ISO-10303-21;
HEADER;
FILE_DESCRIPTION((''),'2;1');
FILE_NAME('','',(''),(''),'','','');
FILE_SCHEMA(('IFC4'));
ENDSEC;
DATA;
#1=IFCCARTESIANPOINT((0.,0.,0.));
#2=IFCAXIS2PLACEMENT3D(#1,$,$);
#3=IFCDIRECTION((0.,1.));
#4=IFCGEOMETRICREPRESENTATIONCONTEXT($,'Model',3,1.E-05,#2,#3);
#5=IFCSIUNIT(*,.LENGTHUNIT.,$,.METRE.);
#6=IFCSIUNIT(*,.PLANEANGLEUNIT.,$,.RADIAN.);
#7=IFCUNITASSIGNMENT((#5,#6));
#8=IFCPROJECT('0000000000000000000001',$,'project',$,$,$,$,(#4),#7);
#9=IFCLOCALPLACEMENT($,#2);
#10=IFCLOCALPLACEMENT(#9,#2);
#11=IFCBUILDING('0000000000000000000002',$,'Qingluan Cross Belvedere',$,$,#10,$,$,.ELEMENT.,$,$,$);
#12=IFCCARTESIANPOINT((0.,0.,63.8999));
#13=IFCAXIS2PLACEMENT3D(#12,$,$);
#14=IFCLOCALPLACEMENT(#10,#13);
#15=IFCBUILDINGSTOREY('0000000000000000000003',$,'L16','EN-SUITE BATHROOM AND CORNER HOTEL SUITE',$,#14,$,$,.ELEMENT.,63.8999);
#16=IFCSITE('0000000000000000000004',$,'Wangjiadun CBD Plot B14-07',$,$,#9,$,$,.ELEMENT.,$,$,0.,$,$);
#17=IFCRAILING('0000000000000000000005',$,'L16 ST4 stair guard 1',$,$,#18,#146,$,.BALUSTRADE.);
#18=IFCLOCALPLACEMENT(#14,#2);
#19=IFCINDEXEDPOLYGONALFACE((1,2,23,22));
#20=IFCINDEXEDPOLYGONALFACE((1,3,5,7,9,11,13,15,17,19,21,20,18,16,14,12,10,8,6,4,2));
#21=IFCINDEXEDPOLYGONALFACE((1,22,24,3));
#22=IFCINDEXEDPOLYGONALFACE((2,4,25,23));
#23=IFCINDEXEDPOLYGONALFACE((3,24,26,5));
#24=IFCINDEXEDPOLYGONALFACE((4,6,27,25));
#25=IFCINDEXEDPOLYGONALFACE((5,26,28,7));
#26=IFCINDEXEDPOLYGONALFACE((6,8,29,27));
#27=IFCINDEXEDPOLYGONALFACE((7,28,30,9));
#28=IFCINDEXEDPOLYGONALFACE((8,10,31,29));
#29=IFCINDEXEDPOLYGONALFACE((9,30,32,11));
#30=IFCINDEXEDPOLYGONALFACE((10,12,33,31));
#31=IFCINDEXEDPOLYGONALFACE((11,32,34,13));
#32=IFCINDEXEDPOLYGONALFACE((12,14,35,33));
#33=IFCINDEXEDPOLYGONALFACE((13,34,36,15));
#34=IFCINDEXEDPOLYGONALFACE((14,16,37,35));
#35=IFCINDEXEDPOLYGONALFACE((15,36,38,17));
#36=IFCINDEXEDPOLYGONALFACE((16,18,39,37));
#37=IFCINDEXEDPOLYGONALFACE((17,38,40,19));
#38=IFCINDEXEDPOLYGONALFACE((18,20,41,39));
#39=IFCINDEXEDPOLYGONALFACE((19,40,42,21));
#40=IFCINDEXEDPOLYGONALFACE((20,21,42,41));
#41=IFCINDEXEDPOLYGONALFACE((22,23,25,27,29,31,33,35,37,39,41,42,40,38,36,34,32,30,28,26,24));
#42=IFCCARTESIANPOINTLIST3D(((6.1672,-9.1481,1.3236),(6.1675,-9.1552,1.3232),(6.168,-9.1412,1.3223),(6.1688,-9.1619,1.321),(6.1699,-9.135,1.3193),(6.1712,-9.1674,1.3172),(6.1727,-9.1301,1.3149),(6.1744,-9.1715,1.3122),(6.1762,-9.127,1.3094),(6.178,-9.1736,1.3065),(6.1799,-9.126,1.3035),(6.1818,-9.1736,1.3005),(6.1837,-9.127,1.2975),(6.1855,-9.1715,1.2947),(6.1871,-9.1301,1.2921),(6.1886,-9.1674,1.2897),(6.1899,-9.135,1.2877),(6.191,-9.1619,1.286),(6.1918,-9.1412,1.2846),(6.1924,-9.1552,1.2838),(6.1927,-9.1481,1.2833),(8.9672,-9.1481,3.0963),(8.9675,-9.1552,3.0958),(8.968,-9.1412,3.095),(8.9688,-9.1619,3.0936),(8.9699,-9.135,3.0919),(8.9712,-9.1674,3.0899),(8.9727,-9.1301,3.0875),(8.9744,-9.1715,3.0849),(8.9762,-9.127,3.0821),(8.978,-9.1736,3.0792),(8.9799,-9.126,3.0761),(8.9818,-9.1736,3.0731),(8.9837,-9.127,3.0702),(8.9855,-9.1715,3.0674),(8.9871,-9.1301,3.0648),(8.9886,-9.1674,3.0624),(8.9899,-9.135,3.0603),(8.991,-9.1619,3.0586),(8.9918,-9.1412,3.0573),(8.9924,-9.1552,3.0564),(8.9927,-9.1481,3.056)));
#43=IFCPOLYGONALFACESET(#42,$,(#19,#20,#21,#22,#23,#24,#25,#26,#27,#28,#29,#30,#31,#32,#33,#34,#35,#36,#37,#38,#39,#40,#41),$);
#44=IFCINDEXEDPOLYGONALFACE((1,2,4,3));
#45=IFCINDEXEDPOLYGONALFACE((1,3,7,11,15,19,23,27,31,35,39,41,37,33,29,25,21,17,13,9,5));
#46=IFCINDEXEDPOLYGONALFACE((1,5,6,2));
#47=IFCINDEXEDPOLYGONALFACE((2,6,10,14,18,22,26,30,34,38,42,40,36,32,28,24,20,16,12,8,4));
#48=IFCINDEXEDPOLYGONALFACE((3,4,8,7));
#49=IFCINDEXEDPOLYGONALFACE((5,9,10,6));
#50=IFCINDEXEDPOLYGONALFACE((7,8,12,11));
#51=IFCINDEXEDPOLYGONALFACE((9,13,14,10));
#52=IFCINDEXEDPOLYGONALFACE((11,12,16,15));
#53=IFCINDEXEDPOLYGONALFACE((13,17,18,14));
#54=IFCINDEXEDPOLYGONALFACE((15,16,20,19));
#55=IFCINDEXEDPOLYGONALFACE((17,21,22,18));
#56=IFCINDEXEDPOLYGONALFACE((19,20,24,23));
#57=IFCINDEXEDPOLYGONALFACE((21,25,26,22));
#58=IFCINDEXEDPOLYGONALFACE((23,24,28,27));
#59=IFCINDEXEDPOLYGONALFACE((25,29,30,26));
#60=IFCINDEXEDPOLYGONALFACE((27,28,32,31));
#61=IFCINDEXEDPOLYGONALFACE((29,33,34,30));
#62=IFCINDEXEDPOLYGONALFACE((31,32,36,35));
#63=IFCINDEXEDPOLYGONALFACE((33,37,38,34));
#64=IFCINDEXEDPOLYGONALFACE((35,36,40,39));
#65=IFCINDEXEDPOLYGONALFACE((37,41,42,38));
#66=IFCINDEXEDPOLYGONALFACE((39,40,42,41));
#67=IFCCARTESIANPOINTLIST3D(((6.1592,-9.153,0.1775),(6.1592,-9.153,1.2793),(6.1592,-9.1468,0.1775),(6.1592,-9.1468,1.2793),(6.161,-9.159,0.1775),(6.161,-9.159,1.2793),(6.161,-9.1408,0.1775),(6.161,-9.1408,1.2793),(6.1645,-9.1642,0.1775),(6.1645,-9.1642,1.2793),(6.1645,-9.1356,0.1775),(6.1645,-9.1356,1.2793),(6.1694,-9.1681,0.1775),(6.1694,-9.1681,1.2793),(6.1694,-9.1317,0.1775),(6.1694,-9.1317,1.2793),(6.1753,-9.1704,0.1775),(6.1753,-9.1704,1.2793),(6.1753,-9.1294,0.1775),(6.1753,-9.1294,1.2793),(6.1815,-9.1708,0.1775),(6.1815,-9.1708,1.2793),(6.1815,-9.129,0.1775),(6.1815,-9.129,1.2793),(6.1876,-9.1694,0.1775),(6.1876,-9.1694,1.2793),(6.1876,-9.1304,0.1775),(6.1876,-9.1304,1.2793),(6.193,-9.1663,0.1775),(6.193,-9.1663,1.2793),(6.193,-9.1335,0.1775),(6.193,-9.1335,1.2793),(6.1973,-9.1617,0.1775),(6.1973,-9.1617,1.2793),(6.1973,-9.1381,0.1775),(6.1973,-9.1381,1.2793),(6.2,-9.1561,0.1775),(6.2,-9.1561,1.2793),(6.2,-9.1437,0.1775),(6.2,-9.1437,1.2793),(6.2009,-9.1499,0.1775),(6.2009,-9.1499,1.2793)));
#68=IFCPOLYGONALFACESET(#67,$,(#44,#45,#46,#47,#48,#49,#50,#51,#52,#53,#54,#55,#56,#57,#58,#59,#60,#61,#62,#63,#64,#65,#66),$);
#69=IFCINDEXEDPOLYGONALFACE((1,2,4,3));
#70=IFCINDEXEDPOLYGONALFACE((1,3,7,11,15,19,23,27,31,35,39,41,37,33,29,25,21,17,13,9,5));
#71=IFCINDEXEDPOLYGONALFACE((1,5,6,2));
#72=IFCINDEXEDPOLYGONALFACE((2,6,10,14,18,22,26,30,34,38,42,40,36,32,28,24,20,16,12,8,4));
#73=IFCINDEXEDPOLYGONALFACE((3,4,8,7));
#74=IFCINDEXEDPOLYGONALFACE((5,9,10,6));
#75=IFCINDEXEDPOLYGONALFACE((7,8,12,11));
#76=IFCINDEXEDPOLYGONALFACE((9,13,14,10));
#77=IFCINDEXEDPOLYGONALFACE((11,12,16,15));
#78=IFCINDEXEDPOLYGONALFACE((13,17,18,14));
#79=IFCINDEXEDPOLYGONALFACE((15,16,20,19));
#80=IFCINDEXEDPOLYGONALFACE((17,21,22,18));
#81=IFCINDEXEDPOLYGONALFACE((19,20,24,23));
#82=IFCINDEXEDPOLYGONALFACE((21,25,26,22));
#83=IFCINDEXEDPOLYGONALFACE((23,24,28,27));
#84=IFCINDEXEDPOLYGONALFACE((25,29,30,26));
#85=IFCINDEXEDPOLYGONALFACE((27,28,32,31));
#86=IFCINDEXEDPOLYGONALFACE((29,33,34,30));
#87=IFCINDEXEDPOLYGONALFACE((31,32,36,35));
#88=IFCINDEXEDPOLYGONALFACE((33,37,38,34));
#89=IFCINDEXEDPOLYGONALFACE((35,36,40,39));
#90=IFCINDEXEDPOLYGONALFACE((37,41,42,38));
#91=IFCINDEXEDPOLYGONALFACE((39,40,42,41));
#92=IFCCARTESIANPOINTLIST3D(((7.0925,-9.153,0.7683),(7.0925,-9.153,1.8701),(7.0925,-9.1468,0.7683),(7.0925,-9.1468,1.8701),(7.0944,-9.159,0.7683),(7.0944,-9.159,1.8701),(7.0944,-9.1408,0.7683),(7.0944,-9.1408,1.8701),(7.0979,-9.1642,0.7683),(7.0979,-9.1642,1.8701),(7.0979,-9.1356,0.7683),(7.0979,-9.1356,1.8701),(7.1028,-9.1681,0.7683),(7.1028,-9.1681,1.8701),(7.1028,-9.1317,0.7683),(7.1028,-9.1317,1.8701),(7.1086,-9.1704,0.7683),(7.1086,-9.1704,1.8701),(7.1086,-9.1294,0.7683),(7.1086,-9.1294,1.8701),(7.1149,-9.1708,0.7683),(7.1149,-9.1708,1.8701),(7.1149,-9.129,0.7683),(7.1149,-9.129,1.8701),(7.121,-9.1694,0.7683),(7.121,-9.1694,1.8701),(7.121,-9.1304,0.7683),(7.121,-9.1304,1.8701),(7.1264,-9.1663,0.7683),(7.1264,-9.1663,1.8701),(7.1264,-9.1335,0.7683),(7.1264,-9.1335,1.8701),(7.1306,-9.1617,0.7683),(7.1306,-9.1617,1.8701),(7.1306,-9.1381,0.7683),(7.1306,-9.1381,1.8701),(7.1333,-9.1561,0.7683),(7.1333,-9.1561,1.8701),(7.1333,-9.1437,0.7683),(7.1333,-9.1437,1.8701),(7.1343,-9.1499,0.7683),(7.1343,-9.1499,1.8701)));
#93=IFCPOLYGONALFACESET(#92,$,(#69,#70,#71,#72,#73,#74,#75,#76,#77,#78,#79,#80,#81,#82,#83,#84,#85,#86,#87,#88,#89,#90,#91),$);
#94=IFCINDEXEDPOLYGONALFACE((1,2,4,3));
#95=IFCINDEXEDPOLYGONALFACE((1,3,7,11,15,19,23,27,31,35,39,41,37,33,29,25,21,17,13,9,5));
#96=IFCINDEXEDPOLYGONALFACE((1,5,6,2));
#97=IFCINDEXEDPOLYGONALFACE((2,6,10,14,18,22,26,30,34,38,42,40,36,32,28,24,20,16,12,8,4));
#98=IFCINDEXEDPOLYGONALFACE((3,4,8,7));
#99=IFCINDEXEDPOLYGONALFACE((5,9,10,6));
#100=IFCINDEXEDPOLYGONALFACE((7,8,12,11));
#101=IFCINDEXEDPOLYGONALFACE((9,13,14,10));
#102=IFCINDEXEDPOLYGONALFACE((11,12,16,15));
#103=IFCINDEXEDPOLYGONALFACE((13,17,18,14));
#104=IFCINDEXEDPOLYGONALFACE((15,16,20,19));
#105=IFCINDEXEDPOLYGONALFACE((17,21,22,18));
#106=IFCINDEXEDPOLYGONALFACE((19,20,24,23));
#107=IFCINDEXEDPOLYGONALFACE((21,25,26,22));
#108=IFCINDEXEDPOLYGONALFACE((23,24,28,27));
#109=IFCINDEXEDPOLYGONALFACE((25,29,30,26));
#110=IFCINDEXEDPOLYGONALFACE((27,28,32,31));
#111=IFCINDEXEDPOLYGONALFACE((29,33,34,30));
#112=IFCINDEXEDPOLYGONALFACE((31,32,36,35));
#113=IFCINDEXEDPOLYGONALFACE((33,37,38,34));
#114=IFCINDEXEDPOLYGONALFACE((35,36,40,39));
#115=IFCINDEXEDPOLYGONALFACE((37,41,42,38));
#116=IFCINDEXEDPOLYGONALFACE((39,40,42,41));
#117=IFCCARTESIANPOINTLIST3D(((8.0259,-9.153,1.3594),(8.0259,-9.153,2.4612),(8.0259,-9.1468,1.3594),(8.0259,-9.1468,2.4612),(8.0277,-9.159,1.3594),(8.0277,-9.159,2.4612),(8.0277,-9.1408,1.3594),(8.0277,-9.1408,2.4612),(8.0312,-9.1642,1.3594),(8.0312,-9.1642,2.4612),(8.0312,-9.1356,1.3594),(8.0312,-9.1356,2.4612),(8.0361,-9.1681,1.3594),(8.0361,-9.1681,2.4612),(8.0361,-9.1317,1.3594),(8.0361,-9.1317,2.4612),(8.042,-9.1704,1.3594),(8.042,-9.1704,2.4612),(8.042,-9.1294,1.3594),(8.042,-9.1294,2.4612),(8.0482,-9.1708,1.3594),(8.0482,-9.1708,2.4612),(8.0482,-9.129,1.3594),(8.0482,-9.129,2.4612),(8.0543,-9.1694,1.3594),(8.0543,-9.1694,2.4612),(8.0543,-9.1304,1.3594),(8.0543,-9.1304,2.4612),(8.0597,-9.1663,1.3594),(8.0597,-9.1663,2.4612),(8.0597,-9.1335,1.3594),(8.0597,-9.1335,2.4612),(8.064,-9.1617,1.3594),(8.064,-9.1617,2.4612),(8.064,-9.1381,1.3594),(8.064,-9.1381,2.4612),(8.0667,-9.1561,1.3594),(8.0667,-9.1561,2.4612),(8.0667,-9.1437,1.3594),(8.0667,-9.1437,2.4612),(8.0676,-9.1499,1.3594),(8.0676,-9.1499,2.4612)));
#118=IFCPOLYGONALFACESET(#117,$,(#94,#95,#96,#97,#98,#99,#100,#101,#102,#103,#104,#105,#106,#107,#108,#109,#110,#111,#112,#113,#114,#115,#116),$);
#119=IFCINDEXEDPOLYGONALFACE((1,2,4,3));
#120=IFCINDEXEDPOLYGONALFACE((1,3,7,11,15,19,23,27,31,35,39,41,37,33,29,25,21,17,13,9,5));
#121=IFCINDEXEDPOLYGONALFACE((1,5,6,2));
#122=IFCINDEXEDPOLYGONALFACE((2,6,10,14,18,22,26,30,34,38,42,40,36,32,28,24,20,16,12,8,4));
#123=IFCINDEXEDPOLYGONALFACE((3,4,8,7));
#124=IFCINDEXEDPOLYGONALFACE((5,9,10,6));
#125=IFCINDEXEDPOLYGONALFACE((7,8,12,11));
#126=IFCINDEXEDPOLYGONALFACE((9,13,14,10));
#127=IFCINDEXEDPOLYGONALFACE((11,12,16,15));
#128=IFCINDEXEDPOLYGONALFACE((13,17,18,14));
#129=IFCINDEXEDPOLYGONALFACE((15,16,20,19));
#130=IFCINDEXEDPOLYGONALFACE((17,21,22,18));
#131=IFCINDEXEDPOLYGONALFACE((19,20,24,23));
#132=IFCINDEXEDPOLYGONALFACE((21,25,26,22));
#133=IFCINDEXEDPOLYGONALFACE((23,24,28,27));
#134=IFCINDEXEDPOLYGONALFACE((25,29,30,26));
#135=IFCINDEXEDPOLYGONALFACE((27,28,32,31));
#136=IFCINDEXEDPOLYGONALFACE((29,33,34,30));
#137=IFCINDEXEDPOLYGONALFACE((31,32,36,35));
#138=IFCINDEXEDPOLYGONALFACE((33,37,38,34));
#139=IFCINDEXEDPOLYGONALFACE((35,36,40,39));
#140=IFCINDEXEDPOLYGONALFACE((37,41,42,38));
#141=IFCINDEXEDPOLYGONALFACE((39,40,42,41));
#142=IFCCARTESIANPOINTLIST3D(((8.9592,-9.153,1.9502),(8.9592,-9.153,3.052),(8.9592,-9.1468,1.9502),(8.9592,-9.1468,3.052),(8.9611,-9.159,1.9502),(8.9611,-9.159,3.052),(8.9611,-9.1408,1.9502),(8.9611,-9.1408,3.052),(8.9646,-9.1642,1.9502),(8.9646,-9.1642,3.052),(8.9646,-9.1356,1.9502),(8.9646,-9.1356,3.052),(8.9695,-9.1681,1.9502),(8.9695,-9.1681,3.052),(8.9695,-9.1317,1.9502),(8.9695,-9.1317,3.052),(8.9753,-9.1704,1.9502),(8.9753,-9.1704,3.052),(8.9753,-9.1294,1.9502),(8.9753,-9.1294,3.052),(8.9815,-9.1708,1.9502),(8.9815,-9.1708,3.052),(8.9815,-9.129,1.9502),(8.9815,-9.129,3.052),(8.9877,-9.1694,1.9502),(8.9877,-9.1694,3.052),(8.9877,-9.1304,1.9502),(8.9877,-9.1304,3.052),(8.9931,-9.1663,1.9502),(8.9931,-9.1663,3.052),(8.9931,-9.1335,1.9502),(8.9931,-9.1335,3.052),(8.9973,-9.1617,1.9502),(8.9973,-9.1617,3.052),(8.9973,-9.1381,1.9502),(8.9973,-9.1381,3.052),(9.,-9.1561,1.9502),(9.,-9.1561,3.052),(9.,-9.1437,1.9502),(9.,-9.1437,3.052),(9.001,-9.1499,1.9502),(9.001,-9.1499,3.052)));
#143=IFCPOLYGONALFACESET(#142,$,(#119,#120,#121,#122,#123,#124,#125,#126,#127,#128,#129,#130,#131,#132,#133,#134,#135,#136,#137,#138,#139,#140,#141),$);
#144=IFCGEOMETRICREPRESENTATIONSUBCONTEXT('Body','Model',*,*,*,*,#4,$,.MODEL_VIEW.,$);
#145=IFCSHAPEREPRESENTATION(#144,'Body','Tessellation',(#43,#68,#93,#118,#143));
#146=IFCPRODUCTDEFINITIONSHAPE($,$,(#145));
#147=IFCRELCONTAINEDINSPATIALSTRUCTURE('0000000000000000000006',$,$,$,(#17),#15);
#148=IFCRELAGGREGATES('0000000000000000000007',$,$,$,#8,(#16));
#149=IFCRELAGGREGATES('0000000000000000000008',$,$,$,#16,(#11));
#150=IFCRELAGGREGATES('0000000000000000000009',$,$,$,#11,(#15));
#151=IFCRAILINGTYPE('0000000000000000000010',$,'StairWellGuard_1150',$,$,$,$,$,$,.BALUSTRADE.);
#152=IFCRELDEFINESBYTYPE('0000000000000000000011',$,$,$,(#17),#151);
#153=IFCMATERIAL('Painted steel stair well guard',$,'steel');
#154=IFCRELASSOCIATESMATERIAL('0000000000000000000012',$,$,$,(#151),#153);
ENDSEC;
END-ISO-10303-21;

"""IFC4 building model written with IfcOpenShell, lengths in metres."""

from ifc_helpers import new_model, si_unit, direction, frame, origin, origin_2d, place, context, subcontext, project, spatial, circle, extrude, material, type_object, element, save


model = new_model("IFC4")

# Units and contexts
model_context = context("Model", 3, precision=1e-05, world=origin(), true_north=direction((0.0, 1.0)))
body_context = subcontext(model_context, "Body", "Model", "MODEL_VIEW")
ifc_project = project(units=[si_unit("LENGTHUNIT", "METRE"), si_unit("PLANEANGLEUNIT", "RADIAN")], contexts=[model_context])

# Site, building, storey
site_placement = place(None, origin())
site = spatial("IfcSite", under=ifc_project, at=site_placement, Name="Wangjiadun CBD Plot B14-07", CompositionType="ELEMENT", RefElevation=0.0)
building_placement = place(site_placement, origin())
building = spatial("IfcBuilding", under=site, at=building_placement, Name="Qingluan Cross Belvedere", CompositionType="ELEMENT")
storey_placement = place(building_placement, frame((0.0, 0.0, 63.8999)))
storey = spatial("IfcBuildingStorey", under=building, at=storey_placement, Name="L16", Description="EN-SUITE BATHROOM AND CORNER HOTEL SUITE", CompositionType="ELEMENT", Elevation=63.8999)

# Railing
ifc_material_1 = material(Name="Painted steel stair well guard", Category="steel")
railing_type_1 = type_object("IfcRailingType", Name="StairWellGuard_1150", PredefinedType="BALUSTRADE", material=ifc_material_1)
railing_1_placement = place(storey_placement, frame((6.1799, -9.1499, 0.1775)))
element("IfcRailing", 1, at=railing_1_placement, inside=storey, type_object=railing_type_1, Name="L16 ST4 stair guard 1", PredefinedType="BALUSTRADE", context=body_context, shape_type="SweptSolid", body=[
    extrude(circle(Radius=0.0239, at=origin_2d()), frame((0.0, 0.0, 1.126), z_axis=(0.844909, 0.0, 0.53491), x_axis=(0.0, 1.0, 0.0)), (0.0, 0.0, 1.0), 3.314),
    extrude(circle(Radius=0.021, at=origin_2d()), origin(), (0.0, 0.0, 1.0), 1.1018),
    extrude(circle(Radius=0.021, at=origin_2d()), frame((0.9333, 0.0, 0.5908)), (0.0, 0.0, 1.0), 1.1018),
    extrude(circle(Radius=0.021, at=origin_2d()), frame((1.8667, 0.0, 1.1819)), (0.0, 0.0, 1.0), 1.1018),
    extrude(circle(Radius=0.021, at=origin_2d()), frame((2.8, 0.0, 1.7727)), (0.0, 0.0, 1.0), 1.1018),
])

save(model, "model.ifc")
